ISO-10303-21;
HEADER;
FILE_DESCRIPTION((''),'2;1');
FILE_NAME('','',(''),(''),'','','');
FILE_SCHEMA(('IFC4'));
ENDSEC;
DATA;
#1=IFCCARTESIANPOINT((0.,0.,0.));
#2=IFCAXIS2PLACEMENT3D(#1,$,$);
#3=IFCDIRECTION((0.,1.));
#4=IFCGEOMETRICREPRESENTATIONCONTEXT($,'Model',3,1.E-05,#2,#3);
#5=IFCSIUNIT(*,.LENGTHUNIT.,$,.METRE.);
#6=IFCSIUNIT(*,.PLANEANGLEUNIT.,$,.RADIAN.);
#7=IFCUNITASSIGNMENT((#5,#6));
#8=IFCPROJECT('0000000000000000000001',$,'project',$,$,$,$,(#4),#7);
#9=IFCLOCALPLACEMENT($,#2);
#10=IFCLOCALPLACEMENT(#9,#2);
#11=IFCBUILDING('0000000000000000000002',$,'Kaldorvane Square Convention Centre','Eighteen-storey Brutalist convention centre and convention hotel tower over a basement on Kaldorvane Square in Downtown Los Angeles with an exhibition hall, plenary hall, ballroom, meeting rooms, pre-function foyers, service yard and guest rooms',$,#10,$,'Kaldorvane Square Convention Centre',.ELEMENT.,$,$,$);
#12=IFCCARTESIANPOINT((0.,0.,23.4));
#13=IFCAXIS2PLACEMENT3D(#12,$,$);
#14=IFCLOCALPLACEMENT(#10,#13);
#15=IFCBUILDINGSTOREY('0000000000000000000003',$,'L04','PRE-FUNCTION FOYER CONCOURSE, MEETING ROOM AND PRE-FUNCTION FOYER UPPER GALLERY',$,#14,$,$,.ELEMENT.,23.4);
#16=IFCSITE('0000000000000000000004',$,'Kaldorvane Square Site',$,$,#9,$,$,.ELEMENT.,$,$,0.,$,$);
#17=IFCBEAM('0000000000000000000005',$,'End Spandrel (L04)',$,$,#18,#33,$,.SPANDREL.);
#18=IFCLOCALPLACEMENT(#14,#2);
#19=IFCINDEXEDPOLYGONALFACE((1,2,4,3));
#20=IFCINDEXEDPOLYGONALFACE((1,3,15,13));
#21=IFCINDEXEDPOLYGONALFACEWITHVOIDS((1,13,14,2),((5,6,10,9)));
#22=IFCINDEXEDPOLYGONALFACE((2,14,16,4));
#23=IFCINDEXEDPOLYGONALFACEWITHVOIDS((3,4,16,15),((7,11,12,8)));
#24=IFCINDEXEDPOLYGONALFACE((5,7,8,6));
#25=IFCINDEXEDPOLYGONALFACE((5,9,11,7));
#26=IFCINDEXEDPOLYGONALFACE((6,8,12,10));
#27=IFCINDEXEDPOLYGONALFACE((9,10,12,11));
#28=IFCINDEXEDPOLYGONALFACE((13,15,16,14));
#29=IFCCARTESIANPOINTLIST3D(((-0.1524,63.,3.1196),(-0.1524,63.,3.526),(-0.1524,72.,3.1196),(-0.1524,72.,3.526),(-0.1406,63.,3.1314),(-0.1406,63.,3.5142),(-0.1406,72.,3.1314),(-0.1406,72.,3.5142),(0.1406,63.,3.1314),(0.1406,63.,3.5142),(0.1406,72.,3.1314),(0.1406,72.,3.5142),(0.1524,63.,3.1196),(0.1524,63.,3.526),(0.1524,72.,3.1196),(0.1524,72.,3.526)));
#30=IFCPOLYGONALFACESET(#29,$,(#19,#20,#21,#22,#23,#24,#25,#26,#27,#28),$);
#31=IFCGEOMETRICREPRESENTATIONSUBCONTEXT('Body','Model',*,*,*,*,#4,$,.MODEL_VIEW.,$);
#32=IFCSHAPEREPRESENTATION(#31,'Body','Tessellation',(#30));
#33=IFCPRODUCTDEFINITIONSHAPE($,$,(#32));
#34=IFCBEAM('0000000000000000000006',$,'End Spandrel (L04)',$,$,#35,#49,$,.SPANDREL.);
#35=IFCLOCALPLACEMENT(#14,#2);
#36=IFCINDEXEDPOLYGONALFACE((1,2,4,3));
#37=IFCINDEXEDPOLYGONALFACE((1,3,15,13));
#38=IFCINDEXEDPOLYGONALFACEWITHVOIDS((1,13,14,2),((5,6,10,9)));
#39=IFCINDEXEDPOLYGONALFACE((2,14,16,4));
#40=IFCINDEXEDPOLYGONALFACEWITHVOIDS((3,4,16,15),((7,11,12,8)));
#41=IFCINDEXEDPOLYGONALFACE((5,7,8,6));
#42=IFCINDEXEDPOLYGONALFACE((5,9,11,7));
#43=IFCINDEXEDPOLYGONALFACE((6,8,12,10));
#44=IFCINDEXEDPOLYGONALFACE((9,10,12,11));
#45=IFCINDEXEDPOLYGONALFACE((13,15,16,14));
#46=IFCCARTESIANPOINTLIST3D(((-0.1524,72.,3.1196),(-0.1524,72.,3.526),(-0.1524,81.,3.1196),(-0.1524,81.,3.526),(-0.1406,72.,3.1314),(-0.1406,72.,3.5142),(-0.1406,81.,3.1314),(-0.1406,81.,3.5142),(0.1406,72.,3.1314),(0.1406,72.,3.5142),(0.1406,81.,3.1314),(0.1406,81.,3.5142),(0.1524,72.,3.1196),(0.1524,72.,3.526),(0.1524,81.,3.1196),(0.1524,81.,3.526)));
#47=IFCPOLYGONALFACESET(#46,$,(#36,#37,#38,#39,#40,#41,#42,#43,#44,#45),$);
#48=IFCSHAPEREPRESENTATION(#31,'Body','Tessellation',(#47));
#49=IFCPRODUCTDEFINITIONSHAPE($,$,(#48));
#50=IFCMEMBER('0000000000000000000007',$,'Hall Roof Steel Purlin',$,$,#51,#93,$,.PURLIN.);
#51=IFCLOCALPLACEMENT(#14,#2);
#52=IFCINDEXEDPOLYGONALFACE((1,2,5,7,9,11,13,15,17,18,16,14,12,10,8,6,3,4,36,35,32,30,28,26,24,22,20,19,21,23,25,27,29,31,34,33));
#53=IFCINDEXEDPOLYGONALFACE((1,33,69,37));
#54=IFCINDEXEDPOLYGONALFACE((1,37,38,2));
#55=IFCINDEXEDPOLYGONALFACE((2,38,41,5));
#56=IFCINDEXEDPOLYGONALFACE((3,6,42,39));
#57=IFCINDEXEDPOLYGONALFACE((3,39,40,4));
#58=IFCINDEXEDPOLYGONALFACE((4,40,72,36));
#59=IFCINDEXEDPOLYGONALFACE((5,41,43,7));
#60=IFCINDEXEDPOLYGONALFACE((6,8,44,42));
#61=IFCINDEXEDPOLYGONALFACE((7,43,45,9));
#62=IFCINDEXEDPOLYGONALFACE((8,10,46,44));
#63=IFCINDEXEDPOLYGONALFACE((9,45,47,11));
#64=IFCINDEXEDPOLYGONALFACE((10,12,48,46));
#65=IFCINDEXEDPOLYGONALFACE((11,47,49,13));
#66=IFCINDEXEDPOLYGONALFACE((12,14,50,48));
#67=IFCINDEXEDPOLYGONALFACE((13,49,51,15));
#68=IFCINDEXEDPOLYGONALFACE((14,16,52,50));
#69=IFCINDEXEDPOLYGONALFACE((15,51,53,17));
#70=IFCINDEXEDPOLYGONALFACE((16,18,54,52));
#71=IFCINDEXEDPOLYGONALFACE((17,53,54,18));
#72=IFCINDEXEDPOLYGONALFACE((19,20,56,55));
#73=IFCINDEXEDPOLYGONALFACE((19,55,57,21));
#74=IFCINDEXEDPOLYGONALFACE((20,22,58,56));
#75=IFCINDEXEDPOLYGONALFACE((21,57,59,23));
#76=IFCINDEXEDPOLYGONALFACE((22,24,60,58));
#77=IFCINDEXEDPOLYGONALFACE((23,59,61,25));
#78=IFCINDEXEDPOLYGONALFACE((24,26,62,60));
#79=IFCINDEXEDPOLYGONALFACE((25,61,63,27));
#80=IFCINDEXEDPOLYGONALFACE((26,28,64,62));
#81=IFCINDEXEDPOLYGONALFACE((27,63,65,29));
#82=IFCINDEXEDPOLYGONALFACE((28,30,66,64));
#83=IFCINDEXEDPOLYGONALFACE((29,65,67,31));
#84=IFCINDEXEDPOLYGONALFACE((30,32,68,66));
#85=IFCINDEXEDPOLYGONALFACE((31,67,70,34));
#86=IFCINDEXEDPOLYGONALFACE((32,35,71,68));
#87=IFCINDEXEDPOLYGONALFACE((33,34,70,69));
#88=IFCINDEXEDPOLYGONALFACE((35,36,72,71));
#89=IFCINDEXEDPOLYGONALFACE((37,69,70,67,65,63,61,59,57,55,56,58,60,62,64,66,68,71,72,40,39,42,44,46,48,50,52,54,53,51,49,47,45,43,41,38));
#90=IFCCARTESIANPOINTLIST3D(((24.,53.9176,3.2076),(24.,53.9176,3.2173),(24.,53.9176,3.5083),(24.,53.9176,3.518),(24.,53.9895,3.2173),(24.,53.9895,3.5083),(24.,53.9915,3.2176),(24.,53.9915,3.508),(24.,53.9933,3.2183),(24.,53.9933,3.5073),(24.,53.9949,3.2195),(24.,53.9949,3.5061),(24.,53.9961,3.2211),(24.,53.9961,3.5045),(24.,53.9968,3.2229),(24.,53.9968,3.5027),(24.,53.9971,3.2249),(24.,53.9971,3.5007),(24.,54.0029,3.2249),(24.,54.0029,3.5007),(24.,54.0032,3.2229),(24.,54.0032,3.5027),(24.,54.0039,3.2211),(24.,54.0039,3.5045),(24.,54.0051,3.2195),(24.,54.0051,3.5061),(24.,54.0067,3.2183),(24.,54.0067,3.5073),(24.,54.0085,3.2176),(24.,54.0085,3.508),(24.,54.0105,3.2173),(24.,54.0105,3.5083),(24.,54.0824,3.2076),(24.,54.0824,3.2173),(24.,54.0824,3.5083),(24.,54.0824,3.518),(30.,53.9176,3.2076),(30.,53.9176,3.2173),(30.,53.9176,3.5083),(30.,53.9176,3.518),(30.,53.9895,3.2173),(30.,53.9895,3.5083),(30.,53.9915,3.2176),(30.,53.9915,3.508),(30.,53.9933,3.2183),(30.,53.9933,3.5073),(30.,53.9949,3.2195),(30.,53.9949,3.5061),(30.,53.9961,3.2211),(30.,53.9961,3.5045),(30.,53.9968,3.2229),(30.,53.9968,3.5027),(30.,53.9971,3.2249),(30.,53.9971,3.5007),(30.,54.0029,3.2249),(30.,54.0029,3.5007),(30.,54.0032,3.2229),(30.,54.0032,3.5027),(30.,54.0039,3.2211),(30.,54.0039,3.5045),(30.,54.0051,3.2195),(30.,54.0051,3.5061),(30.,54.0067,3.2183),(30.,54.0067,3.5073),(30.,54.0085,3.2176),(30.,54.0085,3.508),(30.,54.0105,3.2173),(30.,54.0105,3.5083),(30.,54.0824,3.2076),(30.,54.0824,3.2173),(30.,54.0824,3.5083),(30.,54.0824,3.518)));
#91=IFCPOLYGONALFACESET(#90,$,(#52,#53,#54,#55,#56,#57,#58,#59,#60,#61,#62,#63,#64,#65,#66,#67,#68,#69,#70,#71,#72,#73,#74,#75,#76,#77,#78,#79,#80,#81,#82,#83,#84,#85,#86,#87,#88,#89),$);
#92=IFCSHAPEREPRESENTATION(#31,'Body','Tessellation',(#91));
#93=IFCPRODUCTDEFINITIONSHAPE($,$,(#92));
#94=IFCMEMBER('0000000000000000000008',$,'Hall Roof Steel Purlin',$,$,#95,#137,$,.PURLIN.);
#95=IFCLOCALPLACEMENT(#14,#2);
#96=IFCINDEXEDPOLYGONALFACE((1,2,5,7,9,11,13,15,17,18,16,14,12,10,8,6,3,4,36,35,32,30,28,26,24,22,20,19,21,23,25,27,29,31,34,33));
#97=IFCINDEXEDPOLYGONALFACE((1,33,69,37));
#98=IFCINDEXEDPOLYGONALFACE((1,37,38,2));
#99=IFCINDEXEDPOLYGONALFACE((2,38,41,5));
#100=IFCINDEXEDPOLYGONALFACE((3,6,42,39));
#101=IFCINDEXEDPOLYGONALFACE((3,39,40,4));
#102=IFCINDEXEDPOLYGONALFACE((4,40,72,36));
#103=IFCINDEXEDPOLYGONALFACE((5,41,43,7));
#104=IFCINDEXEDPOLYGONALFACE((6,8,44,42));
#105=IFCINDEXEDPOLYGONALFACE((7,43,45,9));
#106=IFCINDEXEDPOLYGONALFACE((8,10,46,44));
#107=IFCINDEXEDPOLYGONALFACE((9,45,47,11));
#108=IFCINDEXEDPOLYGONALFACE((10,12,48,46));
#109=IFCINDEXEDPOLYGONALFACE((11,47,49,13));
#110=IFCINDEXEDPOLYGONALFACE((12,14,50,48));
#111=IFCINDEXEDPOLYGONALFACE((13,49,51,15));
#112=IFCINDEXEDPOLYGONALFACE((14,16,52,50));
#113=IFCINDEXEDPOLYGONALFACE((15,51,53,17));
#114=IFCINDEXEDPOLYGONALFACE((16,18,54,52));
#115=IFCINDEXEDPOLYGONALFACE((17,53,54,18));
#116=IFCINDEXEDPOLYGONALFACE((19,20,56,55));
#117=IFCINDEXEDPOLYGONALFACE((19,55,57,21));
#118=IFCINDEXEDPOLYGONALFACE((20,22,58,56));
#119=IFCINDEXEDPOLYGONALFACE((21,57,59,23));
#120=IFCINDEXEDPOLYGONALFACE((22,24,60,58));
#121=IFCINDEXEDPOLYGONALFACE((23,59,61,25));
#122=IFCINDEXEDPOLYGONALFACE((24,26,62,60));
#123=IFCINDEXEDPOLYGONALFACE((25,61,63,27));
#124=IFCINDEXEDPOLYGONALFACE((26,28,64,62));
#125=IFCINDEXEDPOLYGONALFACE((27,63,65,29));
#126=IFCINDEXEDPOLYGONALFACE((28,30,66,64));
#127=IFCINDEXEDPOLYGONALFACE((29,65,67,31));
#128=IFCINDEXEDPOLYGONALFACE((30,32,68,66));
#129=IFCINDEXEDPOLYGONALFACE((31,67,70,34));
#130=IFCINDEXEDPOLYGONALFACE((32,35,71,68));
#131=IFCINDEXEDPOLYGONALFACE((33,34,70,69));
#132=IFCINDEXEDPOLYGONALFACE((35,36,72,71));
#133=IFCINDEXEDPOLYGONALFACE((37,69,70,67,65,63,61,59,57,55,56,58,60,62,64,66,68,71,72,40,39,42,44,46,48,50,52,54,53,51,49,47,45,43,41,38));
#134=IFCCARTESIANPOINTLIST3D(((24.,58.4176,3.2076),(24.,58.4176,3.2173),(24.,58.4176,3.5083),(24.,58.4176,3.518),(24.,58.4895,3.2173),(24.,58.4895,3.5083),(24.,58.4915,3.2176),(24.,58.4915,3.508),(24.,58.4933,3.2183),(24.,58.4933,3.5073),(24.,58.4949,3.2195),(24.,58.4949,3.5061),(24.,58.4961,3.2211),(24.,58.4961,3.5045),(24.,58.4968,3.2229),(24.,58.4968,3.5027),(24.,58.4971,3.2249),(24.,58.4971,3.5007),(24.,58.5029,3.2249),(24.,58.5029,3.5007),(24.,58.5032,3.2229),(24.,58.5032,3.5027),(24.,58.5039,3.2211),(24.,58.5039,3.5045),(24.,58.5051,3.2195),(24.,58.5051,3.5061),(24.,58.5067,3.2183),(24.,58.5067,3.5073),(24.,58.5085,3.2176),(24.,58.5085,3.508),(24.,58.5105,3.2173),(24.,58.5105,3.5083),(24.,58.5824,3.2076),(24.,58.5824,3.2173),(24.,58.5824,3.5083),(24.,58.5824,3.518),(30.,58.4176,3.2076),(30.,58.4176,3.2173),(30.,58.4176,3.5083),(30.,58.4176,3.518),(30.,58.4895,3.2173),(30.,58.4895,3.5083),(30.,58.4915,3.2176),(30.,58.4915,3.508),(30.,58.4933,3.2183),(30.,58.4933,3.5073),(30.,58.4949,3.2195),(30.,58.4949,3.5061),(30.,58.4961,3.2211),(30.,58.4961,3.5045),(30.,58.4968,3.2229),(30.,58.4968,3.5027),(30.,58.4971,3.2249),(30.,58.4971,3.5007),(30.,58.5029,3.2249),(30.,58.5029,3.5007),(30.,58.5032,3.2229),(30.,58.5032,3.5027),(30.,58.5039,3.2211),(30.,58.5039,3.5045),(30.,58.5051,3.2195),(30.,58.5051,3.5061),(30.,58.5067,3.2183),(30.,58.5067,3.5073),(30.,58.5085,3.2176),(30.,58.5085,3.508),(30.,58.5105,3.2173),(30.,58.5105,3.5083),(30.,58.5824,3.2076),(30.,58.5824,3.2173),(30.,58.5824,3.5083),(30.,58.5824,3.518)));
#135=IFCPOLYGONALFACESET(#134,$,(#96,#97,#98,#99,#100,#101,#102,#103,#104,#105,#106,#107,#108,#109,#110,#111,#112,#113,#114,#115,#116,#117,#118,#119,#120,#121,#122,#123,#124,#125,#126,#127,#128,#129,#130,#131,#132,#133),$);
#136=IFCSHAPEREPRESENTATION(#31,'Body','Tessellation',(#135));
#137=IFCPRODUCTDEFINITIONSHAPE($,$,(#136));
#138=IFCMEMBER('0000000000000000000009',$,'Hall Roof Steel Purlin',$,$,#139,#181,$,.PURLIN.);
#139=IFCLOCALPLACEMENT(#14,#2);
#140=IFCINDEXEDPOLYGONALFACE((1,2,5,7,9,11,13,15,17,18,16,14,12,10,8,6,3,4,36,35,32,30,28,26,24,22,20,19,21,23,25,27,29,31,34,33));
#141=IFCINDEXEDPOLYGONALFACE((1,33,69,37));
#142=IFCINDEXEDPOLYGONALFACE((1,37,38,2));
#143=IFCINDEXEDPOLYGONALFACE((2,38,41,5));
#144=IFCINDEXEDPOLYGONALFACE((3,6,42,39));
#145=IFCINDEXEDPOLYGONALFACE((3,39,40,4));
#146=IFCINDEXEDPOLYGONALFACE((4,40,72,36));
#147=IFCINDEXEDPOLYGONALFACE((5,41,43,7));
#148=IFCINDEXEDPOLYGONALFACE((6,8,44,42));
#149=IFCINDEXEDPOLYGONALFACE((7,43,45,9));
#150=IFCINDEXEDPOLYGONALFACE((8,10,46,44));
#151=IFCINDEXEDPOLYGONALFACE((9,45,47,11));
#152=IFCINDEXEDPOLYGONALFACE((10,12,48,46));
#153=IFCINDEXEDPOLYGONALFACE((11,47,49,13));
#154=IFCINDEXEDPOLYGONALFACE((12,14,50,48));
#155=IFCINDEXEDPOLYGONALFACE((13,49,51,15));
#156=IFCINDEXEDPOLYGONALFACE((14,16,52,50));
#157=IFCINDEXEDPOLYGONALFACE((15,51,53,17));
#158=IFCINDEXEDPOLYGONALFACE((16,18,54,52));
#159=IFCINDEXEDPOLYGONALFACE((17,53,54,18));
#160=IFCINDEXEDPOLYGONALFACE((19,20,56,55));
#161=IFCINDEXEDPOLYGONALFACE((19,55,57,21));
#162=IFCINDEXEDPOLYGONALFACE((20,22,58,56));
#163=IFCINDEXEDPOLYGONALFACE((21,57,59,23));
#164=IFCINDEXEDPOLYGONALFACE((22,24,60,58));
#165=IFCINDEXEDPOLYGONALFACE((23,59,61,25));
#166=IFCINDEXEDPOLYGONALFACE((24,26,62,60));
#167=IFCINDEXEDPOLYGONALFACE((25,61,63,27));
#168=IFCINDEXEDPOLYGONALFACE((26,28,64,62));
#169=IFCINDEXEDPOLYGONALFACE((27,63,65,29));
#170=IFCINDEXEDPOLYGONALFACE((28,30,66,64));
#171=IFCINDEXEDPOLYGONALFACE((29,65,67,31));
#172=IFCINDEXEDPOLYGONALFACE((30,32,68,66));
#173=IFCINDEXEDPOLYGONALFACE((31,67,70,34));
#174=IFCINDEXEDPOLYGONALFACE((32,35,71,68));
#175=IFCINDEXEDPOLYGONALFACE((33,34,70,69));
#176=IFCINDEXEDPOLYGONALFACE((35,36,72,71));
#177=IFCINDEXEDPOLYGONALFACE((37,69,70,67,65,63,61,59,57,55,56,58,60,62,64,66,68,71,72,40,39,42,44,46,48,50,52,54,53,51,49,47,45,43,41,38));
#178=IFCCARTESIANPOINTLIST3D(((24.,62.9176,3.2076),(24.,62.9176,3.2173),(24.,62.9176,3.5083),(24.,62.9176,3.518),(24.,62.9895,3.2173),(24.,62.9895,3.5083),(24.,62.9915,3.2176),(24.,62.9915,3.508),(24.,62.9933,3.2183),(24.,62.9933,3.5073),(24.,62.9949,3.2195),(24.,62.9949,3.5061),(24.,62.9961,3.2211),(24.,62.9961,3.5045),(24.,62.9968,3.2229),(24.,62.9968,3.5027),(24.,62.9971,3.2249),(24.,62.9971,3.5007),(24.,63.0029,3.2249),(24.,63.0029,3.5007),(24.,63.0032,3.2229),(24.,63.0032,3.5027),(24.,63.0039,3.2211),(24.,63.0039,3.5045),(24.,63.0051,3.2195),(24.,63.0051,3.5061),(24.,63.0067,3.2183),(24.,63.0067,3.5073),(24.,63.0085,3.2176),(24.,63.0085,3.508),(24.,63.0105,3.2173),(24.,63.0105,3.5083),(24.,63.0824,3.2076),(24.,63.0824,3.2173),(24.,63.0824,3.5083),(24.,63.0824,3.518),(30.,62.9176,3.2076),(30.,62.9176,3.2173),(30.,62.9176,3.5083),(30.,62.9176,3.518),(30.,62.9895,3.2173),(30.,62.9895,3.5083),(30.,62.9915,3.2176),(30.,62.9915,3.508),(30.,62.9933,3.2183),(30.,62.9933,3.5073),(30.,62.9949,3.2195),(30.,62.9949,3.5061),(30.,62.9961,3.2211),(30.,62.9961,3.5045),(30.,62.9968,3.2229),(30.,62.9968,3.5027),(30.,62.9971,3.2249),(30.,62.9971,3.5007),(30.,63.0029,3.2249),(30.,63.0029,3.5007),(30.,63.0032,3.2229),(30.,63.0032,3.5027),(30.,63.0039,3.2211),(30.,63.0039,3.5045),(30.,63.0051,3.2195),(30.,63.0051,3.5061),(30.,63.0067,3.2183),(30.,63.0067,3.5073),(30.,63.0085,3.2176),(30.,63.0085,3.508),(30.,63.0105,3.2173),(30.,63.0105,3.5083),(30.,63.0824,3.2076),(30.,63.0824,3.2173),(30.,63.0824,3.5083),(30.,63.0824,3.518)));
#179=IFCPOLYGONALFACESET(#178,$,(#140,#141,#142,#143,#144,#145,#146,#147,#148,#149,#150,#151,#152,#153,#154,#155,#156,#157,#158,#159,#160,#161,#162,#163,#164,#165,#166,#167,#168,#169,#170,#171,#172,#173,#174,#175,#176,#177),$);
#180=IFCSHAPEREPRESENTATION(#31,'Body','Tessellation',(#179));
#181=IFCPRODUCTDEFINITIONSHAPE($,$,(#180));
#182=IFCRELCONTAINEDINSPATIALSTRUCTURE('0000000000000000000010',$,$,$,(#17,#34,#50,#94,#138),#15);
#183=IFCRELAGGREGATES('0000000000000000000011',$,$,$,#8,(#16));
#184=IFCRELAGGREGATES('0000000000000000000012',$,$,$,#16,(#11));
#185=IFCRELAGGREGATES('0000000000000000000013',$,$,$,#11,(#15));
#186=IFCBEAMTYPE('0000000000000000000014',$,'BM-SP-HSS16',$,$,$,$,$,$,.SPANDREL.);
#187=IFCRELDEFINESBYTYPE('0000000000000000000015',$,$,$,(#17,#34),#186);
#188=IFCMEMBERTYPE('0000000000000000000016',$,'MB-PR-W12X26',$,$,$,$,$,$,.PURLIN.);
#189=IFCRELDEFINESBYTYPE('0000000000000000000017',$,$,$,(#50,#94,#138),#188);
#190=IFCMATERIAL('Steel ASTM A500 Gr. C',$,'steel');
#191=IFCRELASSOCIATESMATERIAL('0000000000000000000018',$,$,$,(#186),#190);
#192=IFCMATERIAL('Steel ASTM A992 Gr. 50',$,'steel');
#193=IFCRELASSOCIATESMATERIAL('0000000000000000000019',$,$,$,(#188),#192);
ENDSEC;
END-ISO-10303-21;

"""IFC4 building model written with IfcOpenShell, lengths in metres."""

from ifc_helpers import new_model, si_unit, direction, frame, origin, origin_2d, place, context, subcontext, project, spatial, hollow_rectangle, i_section, extrude, material, material_profile, profile_set, type_object, element, save


model = new_model("IFC4")

# Units and contexts
model_context = context("Model", 3, precision=1e-05, world=origin(), true_north=direction((0.0, 1.0)))
body_context = subcontext(model_context, "Body", "Model", "MODEL_VIEW")
ifc_project = project(units=[si_unit("LENGTHUNIT", "METRE"), si_unit("PLANEANGLEUNIT", "RADIAN")], contexts=[model_context])

# Site, building, storey
site_placement = place(None, origin())
site = spatial("IfcSite", under=ifc_project, at=site_placement, Name="Kaldorvane Square Site", CompositionType="ELEMENT", RefElevation=0.0)
building_placement = place(site_placement, origin())
building = spatial("IfcBuilding", under=site, at=building_placement, Name="Kaldorvane Square Convention Centre", Description="Eighteen-storey Brutalist convention centre and convention hotel tower over a basement on Kaldorvane Square in Downtown Los Angeles with an exhibition hall, plenary hall, ballroom, meeting rooms, pre-function foyers, service yard and guest rooms", LongName="Kaldorvane Square Convention Centre", CompositionType="ELEMENT")
storey_placement = place(building_placement, frame((0.0, 0.0, 23.4)))
storey = spatial("IfcBuildingStorey", under=building, at=storey_placement, Name="L04", Description="PRE-FUNCTION FOYER CONCOURSE, MEETING ROOM AND PRE-FUNCTION FOYER UPPER GALLERY", CompositionType="ELEMENT", Elevation=23.4)

# Shared definitions
ifc_material_1 = material(Name="Steel ASTM A500 Gr. C", Category="steel")
ifc_material_2 = material(Name="Steel ASTM A992 Gr. 50", Category="steel")

# Beams
ifc_material_profile_1 = material_profile(ifc_material_1, hollow_rectangle(XDim=0.3048, YDim=0.4064, WallThickness=0.0118, at=origin_2d()), Name="HSS16X12X1/2")
ifc_profile_set_1 = profile_set([ifc_material_profile_1], Name="Steel ASTM A500 Gr. C")
beam_type_1 = type_object("IfcBeamType", Name="BM-SP-HSS16", PredefinedType="SPANDREL", material=ifc_profile_set_1)
for number, where, z_axis, x_axis, name in (
    (1, (0.0, 63.0, 3.3228), (0.0, 1.0, 0.0), (-1.0, 0.0, 0.0), "End Spandrel (L04)"),
    (2, (0.0, 72.0, 3.3228), (0.0, 1.0, 0.0), (-1.0, 0.0, 0.0), "End Spandrel (L04)"),
):
    element("IfcBeam", number, at=place(storey_placement, frame(where, z_axis=z_axis, x_axis=x_axis)), inside=storey, type_object=beam_type_1, Name=name, PredefinedType="SPANDREL", context=body_context, shape_type="SweptSolid", body=[
        extrude(hollow_rectangle(XDim=0.3048, YDim=0.4064, WallThickness=0.0118, at=origin_2d()), origin(), (0.0, 0.0, 1.0), 9.0),
    ])

# Members
ifc_material_profile_2 = material_profile(ifc_material_2, i_section(OverallWidth=0.1648, OverallDepth=0.3104, WebThickness=0.0058, FlangeThickness=0.0097, FilletRadius=0.0076, at=origin_2d()), Name="W12X26")
ifc_profile_set_2 = profile_set([ifc_material_profile_2], Name="Steel ASTM A992 Gr. 50")
member_type = type_object("IfcMemberType", Name="MB-PR-W12X26", PredefinedType="PURLIN", material=ifc_profile_set_2)
for number, where, z_axis, x_axis, name in (
    (3, (24.0, 54.0, 3.3628), (1.0, 0.0, 0.0), (0.0, 1.0, 0.0), "Hall Roof Steel Purlin"),
    (4, (24.0, 58.5, 3.3628), (1.0, 0.0, 0.0), (0.0, 1.0, 0.0), "Hall Roof Steel Purlin"),
    (5, (24.0, 63.0, 3.3628), (1.0, 0.0, 0.0), (0.0, 1.0, 0.0), "Hall Roof Steel Purlin"),
):
    element("IfcMember", number, at=place(storey_placement, frame(where, z_axis=z_axis, x_axis=x_axis)), inside=storey, type_object=member_type, Name=name, PredefinedType="PURLIN", context=body_context, shape_type="SweptSolid", body=[
        extrude(i_section(OverallWidth=0.1648, OverallDepth=0.3104, WebThickness=0.0058, FlangeThickness=0.0097, FilletRadius=0.0076, at=origin_2d()), origin(), (0.0, 0.0, 1.0), 6.0),
    ])

save(model, "model.ifc")
